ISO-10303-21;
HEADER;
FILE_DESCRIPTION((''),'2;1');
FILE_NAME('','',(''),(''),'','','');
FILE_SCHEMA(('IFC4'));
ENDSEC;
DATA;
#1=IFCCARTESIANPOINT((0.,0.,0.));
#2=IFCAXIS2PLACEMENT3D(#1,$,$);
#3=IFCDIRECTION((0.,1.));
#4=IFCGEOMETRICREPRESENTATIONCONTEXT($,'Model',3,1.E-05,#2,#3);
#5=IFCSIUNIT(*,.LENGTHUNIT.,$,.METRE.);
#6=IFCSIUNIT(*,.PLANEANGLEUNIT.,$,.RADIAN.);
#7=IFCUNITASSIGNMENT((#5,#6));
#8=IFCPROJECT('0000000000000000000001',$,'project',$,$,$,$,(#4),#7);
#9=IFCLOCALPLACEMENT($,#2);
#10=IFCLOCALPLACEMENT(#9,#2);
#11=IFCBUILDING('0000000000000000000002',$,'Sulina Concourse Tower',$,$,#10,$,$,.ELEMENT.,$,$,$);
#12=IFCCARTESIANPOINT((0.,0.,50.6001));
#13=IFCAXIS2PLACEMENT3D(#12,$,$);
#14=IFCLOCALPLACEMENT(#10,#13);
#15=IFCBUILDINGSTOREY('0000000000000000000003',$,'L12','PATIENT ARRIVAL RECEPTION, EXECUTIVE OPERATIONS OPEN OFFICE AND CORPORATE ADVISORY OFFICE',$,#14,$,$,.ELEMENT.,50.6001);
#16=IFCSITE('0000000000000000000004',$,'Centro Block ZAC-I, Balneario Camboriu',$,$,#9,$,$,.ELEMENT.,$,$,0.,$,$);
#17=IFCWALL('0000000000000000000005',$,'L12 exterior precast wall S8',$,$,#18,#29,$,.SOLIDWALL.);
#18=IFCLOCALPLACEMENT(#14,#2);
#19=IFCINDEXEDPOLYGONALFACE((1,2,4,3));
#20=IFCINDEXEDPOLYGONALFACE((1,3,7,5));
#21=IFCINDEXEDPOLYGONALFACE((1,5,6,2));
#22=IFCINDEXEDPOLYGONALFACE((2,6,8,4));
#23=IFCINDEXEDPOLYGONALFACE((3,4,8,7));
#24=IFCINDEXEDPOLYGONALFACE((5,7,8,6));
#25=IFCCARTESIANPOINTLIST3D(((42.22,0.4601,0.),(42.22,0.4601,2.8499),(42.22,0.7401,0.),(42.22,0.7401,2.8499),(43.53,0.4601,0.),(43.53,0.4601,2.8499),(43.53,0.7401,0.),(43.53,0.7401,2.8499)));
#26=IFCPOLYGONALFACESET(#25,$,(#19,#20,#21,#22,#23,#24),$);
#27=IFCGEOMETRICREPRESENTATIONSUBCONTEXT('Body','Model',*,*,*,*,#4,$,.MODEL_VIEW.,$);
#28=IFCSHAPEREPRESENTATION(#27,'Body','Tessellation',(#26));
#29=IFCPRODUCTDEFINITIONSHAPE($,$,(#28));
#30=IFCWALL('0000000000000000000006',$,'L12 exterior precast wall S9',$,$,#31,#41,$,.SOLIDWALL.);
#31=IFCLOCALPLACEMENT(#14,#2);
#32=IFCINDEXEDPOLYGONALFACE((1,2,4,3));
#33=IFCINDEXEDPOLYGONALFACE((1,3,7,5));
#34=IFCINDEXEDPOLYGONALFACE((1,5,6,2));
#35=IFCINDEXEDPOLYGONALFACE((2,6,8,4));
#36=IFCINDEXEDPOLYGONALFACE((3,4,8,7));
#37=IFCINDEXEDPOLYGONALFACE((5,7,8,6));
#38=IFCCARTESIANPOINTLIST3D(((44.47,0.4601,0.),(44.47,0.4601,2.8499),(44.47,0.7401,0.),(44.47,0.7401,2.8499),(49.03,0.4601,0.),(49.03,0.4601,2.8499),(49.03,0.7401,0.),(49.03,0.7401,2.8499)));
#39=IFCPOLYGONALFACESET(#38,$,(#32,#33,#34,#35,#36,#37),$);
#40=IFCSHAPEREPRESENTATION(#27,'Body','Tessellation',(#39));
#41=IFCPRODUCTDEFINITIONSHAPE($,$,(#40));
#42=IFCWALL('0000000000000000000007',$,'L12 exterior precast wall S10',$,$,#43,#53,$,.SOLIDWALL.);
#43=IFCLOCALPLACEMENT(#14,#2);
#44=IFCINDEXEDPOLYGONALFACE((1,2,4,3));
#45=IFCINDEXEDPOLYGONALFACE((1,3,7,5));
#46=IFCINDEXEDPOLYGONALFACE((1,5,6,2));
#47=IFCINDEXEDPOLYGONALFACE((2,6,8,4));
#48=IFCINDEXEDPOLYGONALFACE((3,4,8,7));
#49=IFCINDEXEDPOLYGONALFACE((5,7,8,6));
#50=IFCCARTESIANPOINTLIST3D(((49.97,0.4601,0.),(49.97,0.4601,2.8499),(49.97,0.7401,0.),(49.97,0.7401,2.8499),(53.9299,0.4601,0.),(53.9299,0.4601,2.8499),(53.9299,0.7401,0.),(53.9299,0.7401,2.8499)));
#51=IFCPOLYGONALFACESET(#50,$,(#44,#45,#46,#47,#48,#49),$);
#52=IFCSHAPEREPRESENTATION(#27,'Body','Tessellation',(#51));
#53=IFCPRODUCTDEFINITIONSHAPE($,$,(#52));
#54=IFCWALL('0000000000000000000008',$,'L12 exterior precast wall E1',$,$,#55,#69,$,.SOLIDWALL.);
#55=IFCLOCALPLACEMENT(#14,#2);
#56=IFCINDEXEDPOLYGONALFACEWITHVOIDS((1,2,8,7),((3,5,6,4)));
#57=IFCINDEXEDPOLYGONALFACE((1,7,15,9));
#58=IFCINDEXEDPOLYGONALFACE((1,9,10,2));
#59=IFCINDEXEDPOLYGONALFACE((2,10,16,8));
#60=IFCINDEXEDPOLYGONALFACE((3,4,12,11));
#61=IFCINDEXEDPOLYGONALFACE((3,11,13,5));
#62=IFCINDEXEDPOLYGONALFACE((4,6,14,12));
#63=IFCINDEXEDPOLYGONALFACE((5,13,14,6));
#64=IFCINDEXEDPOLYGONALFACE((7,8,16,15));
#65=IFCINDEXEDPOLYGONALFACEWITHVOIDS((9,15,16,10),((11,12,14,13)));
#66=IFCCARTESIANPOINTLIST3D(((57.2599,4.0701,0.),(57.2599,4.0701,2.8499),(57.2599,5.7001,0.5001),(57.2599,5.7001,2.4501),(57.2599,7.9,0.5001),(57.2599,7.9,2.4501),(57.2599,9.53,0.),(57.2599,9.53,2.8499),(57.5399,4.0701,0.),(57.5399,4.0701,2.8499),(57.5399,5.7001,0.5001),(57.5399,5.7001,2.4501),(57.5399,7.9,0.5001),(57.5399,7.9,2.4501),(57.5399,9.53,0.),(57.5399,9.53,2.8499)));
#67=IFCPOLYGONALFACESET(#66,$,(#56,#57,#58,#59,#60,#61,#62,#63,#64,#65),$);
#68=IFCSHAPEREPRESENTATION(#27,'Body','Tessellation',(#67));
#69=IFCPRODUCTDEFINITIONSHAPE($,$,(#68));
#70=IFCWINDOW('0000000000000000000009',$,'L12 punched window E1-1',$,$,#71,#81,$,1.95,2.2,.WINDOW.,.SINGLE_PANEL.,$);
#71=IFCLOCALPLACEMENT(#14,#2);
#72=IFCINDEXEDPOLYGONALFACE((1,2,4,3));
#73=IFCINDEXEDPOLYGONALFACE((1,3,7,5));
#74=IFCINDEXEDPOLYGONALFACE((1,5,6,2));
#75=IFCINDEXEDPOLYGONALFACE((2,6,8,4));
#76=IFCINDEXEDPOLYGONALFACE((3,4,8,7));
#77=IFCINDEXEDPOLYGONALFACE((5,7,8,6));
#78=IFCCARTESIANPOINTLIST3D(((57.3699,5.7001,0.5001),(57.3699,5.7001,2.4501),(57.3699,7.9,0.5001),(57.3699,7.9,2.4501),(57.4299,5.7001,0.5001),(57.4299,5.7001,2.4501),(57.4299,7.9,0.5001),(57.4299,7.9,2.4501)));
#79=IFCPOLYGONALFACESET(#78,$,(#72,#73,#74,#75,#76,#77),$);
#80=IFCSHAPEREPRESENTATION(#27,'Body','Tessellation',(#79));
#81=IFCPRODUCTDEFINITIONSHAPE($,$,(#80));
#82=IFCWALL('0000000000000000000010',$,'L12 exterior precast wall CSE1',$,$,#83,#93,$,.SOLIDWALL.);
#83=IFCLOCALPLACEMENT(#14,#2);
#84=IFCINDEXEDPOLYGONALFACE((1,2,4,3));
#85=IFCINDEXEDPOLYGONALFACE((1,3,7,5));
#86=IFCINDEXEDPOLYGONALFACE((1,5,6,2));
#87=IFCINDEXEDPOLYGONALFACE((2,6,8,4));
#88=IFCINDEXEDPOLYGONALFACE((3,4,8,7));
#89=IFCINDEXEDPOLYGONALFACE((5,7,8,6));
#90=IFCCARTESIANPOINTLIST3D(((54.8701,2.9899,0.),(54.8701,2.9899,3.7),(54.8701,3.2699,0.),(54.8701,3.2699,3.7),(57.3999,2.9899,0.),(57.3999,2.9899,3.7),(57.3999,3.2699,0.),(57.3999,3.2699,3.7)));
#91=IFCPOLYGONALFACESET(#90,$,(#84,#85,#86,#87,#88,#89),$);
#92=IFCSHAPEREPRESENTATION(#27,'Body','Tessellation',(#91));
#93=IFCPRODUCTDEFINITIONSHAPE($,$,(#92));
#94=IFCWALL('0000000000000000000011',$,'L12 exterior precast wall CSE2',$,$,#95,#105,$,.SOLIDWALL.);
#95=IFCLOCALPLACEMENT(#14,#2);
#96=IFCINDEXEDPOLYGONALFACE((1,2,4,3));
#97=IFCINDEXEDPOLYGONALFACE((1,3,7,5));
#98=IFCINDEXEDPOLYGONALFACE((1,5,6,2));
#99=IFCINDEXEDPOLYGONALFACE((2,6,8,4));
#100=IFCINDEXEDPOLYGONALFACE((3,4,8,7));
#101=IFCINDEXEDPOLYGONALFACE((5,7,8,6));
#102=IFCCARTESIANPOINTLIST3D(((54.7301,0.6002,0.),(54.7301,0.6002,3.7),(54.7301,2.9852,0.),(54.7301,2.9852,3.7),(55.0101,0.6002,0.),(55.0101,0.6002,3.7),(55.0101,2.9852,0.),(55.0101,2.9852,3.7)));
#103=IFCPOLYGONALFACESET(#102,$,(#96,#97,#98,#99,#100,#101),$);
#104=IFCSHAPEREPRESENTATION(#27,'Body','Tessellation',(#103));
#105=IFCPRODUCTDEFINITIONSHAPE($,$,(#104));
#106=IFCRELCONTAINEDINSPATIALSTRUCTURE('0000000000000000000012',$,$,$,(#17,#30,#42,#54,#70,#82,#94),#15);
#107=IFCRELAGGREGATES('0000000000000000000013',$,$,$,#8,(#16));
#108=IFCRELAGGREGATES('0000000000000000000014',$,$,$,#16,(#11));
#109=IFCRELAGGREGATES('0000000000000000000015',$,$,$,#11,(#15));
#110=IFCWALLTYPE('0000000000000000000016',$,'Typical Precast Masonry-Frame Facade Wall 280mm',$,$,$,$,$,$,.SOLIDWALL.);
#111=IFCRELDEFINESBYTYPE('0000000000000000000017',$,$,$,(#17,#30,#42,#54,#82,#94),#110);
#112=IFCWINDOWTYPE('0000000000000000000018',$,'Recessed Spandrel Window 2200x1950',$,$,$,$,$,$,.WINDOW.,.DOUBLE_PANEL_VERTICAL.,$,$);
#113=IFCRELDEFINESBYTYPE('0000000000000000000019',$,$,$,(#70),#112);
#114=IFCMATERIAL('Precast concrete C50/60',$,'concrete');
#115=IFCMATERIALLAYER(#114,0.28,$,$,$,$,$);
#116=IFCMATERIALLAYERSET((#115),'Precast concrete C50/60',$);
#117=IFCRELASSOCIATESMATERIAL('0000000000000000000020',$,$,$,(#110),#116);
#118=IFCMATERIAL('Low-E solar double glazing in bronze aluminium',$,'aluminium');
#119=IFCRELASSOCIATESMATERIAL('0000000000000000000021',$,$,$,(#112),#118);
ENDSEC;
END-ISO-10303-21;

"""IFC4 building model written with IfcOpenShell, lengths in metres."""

from ifc_helpers import new_model, si_unit, direction, frame, frame_2d, origin, place, context, subcontext, project, spatial, rectangle, extrude, material, layer, layer_set, type_object, element, fill, save


model = new_model("IFC4")

# Units and contexts
model_context = context("Model", 3, precision=1e-05, world=origin(), true_north=direction((0.0, 1.0)))
body_context = subcontext(model_context, "Body", "Model", "MODEL_VIEW")
ifc_project = project(units=[si_unit("LENGTHUNIT", "METRE"), si_unit("PLANEANGLEUNIT", "RADIAN")], contexts=[model_context])

# Site, building, storey
site_placement = place(None, origin())
site = spatial("IfcSite", under=ifc_project, at=site_placement, Name="Centro Block ZAC-I, Balneario Camboriu", CompositionType="ELEMENT", RefElevation=0.0)
building_placement = place(site_placement, origin())
building = spatial("IfcBuilding", under=site, at=building_placement, Name="Sulina Concourse Tower", CompositionType="ELEMENT")
storey_placement = place(building_placement, frame((0.0, 0.0, 50.6001)))
storey = spatial("IfcBuildingStorey", under=building, at=storey_placement, Name="L12", Description="PATIENT ARRIVAL RECEPTION, EXECUTIVE OPERATIONS OPEN OFFICE AND CORPORATE ADVISORY OFFICE", CompositionType="ELEMENT", Elevation=50.6001)

# Walls
ifc_material_1 = material(Name="Precast concrete C50/60", Category="concrete")
ifc_layer_1 = layer(ifc_material_1, 0.28)
ifc_layer_set_1 = layer_set([ifc_layer_1], Name="Precast concrete C50/60")
wall_type_1 = type_object("IfcWallType", Name="Typical Precast Masonry-Frame Facade Wall 280mm", PredefinedType="SOLIDWALL", material=ifc_layer_set_1)
wall_1_placement = place(storey_placement, frame((43.53, 0.6001, 0.0), z_axis=(0.0, 0.0, 1.0), x_axis=(-1.0, 0.0, 0.0)))
element("IfcWall", 1, at=wall_1_placement, inside=storey, type_object=wall_type_1, Name="L12 exterior precast wall S8", PredefinedType="SOLIDWALL", context=body_context, shape_type="SweptSolid", body=[
    extrude(rectangle(XDim=1.3101, YDim=0.28, at=frame_2d((0.655, 0.0))), origin(), (0.0, 0.0, 1.0), 2.8499),
])
wall_2_placement = place(storey_placement, frame((49.03, 0.6001, 0.0), z_axis=(0.0, 0.0, 1.0), x_axis=(-1.0, 0.0, 0.0)))
element("IfcWall", 2, at=wall_2_placement, inside=storey, type_object=wall_type_1, Name="L12 exterior precast wall S9", PredefinedType="SOLIDWALL", context=body_context, shape_type="SweptSolid", body=[
    extrude(rectangle(XDim=4.5601, YDim=0.28, at=frame_2d((2.28, 0.0))), origin(), (0.0, 0.0, 1.0), 2.8499),
])
wall_3_placement = place(storey_placement, frame((53.9299, 0.6001, 0.0), z_axis=(0.0, 0.0, 1.0), x_axis=(-1.0, 0.0, 0.0)))
element("IfcWall", 3, at=wall_3_placement, inside=storey, type_object=wall_type_1, Name="L12 exterior precast wall S10", PredefinedType="SOLIDWALL", context=body_context, shape_type="SweptSolid", body=[
    extrude(rectangle(XDim=3.96, YDim=0.28, at=frame_2d((1.98, 0.0))), origin(), (0.0, 0.0, 1.0), 2.8499),
])

# Wall, opening, window
wall_4_placement = place(storey_placement, frame((57.3999, 9.53, 0.0), z_axis=(0.0, 0.0, 1.0), x_axis=(0.0, -1.0, 0.0)))
wall_4 = element("IfcWall", 4, at=wall_4_placement, inside=storey, type_object=wall_type_1, Name="L12 exterior precast wall E1", PredefinedType="SOLIDWALL", context=body_context, shape_type="SweptSolid", body=[
    extrude(rectangle(XDim=5.46, YDim=0.28, at=frame_2d((2.73, 0.0))), origin(), (0.0, 0.0, 1.0), 2.8499),
])
opening_placement = place(wall_4_placement, frame((1.6299, 0.0, 0.5)))
opening = element("IfcOpeningElement", 5, at=opening_placement, cuts=wall_4, PredefinedType="OPENING", context=body_context, shape_type="SweptSolid", body=[
    extrude(rectangle(XDim=2.2, YDim=1.95, at=frame_2d((1.1001, 0.9751))), frame((0.0, 0.1499, 0.0), z_axis=(0.0, -1.0, 0.0), x_axis=(1.0, 0.0, 0.0)), (0.0, 0.0, 1.0), 0.3),
])
ifc_material_2 = material(Name="Low-E solar double glazing in bronze aluminium", Category="aluminium")
window_type = type_object("IfcWindowType", Name="Recessed Spandrel Window 2200x1950", PartitioningType="DOUBLE_PANEL_VERTICAL", PredefinedType="WINDOW", material=ifc_material_2)
window_placement = place(opening_placement, origin())
window = element("IfcWindow", 6, at=window_placement, inside=storey, type_object=window_type, Name="L12 punched window E1-1", OverallHeight=1.95, OverallWidth=2.2, PartitioningType="SINGLE_PANEL", PredefinedType="WINDOW", context=body_context, shape_type="SweptSolid", body=[
    extrude(rectangle(XDim=2.2, YDim=1.95, at=frame_2d((1.1001, 0.9751))), frame((0.0, 0.03, 0.0), z_axis=(0.0, -1.0, 0.0), x_axis=(1.0, 0.0, 0.0)), (0.0, 0.0, 1.0), 0.0601),
])
fill(opening, window)

# Walls
wall_5_placement = place(storey_placement, frame((57.3999, 3.1299, 0.0), z_axis=(0.0, 0.0, 1.0), x_axis=(-1.0, 0.0, 0.0)))
element("IfcWall", 7, at=wall_5_placement, inside=storey, type_object=wall_type_1, Name="L12 exterior precast wall CSE1", PredefinedType="SOLIDWALL", context=body_context, shape_type="SweptSolid", body=[
    extrude(rectangle(XDim=2.5298, YDim=0.28, at=frame_2d((1.2649, 0.0))), origin(), (0.0, 0.0, 1.0), 3.7),
])
wall_6_placement = place(storey_placement, frame((54.8701, 2.9851, 0.0), z_axis=(0.0, 0.0, 1.0), x_axis=(0.0, -1.0, 0.0)))
element("IfcWall", 8, at=wall_6_placement, inside=storey, type_object=wall_type_1, Name="L12 exterior precast wall CSE2", PredefinedType="SOLIDWALL", context=body_context, shape_type="SweptSolid", body=[
    extrude(rectangle(XDim=2.385, YDim=0.28, at=frame_2d((1.1924, 0.0))), origin(), (0.0, 0.0, 1.0), 3.7),
])

save(model, "model.ifc")
